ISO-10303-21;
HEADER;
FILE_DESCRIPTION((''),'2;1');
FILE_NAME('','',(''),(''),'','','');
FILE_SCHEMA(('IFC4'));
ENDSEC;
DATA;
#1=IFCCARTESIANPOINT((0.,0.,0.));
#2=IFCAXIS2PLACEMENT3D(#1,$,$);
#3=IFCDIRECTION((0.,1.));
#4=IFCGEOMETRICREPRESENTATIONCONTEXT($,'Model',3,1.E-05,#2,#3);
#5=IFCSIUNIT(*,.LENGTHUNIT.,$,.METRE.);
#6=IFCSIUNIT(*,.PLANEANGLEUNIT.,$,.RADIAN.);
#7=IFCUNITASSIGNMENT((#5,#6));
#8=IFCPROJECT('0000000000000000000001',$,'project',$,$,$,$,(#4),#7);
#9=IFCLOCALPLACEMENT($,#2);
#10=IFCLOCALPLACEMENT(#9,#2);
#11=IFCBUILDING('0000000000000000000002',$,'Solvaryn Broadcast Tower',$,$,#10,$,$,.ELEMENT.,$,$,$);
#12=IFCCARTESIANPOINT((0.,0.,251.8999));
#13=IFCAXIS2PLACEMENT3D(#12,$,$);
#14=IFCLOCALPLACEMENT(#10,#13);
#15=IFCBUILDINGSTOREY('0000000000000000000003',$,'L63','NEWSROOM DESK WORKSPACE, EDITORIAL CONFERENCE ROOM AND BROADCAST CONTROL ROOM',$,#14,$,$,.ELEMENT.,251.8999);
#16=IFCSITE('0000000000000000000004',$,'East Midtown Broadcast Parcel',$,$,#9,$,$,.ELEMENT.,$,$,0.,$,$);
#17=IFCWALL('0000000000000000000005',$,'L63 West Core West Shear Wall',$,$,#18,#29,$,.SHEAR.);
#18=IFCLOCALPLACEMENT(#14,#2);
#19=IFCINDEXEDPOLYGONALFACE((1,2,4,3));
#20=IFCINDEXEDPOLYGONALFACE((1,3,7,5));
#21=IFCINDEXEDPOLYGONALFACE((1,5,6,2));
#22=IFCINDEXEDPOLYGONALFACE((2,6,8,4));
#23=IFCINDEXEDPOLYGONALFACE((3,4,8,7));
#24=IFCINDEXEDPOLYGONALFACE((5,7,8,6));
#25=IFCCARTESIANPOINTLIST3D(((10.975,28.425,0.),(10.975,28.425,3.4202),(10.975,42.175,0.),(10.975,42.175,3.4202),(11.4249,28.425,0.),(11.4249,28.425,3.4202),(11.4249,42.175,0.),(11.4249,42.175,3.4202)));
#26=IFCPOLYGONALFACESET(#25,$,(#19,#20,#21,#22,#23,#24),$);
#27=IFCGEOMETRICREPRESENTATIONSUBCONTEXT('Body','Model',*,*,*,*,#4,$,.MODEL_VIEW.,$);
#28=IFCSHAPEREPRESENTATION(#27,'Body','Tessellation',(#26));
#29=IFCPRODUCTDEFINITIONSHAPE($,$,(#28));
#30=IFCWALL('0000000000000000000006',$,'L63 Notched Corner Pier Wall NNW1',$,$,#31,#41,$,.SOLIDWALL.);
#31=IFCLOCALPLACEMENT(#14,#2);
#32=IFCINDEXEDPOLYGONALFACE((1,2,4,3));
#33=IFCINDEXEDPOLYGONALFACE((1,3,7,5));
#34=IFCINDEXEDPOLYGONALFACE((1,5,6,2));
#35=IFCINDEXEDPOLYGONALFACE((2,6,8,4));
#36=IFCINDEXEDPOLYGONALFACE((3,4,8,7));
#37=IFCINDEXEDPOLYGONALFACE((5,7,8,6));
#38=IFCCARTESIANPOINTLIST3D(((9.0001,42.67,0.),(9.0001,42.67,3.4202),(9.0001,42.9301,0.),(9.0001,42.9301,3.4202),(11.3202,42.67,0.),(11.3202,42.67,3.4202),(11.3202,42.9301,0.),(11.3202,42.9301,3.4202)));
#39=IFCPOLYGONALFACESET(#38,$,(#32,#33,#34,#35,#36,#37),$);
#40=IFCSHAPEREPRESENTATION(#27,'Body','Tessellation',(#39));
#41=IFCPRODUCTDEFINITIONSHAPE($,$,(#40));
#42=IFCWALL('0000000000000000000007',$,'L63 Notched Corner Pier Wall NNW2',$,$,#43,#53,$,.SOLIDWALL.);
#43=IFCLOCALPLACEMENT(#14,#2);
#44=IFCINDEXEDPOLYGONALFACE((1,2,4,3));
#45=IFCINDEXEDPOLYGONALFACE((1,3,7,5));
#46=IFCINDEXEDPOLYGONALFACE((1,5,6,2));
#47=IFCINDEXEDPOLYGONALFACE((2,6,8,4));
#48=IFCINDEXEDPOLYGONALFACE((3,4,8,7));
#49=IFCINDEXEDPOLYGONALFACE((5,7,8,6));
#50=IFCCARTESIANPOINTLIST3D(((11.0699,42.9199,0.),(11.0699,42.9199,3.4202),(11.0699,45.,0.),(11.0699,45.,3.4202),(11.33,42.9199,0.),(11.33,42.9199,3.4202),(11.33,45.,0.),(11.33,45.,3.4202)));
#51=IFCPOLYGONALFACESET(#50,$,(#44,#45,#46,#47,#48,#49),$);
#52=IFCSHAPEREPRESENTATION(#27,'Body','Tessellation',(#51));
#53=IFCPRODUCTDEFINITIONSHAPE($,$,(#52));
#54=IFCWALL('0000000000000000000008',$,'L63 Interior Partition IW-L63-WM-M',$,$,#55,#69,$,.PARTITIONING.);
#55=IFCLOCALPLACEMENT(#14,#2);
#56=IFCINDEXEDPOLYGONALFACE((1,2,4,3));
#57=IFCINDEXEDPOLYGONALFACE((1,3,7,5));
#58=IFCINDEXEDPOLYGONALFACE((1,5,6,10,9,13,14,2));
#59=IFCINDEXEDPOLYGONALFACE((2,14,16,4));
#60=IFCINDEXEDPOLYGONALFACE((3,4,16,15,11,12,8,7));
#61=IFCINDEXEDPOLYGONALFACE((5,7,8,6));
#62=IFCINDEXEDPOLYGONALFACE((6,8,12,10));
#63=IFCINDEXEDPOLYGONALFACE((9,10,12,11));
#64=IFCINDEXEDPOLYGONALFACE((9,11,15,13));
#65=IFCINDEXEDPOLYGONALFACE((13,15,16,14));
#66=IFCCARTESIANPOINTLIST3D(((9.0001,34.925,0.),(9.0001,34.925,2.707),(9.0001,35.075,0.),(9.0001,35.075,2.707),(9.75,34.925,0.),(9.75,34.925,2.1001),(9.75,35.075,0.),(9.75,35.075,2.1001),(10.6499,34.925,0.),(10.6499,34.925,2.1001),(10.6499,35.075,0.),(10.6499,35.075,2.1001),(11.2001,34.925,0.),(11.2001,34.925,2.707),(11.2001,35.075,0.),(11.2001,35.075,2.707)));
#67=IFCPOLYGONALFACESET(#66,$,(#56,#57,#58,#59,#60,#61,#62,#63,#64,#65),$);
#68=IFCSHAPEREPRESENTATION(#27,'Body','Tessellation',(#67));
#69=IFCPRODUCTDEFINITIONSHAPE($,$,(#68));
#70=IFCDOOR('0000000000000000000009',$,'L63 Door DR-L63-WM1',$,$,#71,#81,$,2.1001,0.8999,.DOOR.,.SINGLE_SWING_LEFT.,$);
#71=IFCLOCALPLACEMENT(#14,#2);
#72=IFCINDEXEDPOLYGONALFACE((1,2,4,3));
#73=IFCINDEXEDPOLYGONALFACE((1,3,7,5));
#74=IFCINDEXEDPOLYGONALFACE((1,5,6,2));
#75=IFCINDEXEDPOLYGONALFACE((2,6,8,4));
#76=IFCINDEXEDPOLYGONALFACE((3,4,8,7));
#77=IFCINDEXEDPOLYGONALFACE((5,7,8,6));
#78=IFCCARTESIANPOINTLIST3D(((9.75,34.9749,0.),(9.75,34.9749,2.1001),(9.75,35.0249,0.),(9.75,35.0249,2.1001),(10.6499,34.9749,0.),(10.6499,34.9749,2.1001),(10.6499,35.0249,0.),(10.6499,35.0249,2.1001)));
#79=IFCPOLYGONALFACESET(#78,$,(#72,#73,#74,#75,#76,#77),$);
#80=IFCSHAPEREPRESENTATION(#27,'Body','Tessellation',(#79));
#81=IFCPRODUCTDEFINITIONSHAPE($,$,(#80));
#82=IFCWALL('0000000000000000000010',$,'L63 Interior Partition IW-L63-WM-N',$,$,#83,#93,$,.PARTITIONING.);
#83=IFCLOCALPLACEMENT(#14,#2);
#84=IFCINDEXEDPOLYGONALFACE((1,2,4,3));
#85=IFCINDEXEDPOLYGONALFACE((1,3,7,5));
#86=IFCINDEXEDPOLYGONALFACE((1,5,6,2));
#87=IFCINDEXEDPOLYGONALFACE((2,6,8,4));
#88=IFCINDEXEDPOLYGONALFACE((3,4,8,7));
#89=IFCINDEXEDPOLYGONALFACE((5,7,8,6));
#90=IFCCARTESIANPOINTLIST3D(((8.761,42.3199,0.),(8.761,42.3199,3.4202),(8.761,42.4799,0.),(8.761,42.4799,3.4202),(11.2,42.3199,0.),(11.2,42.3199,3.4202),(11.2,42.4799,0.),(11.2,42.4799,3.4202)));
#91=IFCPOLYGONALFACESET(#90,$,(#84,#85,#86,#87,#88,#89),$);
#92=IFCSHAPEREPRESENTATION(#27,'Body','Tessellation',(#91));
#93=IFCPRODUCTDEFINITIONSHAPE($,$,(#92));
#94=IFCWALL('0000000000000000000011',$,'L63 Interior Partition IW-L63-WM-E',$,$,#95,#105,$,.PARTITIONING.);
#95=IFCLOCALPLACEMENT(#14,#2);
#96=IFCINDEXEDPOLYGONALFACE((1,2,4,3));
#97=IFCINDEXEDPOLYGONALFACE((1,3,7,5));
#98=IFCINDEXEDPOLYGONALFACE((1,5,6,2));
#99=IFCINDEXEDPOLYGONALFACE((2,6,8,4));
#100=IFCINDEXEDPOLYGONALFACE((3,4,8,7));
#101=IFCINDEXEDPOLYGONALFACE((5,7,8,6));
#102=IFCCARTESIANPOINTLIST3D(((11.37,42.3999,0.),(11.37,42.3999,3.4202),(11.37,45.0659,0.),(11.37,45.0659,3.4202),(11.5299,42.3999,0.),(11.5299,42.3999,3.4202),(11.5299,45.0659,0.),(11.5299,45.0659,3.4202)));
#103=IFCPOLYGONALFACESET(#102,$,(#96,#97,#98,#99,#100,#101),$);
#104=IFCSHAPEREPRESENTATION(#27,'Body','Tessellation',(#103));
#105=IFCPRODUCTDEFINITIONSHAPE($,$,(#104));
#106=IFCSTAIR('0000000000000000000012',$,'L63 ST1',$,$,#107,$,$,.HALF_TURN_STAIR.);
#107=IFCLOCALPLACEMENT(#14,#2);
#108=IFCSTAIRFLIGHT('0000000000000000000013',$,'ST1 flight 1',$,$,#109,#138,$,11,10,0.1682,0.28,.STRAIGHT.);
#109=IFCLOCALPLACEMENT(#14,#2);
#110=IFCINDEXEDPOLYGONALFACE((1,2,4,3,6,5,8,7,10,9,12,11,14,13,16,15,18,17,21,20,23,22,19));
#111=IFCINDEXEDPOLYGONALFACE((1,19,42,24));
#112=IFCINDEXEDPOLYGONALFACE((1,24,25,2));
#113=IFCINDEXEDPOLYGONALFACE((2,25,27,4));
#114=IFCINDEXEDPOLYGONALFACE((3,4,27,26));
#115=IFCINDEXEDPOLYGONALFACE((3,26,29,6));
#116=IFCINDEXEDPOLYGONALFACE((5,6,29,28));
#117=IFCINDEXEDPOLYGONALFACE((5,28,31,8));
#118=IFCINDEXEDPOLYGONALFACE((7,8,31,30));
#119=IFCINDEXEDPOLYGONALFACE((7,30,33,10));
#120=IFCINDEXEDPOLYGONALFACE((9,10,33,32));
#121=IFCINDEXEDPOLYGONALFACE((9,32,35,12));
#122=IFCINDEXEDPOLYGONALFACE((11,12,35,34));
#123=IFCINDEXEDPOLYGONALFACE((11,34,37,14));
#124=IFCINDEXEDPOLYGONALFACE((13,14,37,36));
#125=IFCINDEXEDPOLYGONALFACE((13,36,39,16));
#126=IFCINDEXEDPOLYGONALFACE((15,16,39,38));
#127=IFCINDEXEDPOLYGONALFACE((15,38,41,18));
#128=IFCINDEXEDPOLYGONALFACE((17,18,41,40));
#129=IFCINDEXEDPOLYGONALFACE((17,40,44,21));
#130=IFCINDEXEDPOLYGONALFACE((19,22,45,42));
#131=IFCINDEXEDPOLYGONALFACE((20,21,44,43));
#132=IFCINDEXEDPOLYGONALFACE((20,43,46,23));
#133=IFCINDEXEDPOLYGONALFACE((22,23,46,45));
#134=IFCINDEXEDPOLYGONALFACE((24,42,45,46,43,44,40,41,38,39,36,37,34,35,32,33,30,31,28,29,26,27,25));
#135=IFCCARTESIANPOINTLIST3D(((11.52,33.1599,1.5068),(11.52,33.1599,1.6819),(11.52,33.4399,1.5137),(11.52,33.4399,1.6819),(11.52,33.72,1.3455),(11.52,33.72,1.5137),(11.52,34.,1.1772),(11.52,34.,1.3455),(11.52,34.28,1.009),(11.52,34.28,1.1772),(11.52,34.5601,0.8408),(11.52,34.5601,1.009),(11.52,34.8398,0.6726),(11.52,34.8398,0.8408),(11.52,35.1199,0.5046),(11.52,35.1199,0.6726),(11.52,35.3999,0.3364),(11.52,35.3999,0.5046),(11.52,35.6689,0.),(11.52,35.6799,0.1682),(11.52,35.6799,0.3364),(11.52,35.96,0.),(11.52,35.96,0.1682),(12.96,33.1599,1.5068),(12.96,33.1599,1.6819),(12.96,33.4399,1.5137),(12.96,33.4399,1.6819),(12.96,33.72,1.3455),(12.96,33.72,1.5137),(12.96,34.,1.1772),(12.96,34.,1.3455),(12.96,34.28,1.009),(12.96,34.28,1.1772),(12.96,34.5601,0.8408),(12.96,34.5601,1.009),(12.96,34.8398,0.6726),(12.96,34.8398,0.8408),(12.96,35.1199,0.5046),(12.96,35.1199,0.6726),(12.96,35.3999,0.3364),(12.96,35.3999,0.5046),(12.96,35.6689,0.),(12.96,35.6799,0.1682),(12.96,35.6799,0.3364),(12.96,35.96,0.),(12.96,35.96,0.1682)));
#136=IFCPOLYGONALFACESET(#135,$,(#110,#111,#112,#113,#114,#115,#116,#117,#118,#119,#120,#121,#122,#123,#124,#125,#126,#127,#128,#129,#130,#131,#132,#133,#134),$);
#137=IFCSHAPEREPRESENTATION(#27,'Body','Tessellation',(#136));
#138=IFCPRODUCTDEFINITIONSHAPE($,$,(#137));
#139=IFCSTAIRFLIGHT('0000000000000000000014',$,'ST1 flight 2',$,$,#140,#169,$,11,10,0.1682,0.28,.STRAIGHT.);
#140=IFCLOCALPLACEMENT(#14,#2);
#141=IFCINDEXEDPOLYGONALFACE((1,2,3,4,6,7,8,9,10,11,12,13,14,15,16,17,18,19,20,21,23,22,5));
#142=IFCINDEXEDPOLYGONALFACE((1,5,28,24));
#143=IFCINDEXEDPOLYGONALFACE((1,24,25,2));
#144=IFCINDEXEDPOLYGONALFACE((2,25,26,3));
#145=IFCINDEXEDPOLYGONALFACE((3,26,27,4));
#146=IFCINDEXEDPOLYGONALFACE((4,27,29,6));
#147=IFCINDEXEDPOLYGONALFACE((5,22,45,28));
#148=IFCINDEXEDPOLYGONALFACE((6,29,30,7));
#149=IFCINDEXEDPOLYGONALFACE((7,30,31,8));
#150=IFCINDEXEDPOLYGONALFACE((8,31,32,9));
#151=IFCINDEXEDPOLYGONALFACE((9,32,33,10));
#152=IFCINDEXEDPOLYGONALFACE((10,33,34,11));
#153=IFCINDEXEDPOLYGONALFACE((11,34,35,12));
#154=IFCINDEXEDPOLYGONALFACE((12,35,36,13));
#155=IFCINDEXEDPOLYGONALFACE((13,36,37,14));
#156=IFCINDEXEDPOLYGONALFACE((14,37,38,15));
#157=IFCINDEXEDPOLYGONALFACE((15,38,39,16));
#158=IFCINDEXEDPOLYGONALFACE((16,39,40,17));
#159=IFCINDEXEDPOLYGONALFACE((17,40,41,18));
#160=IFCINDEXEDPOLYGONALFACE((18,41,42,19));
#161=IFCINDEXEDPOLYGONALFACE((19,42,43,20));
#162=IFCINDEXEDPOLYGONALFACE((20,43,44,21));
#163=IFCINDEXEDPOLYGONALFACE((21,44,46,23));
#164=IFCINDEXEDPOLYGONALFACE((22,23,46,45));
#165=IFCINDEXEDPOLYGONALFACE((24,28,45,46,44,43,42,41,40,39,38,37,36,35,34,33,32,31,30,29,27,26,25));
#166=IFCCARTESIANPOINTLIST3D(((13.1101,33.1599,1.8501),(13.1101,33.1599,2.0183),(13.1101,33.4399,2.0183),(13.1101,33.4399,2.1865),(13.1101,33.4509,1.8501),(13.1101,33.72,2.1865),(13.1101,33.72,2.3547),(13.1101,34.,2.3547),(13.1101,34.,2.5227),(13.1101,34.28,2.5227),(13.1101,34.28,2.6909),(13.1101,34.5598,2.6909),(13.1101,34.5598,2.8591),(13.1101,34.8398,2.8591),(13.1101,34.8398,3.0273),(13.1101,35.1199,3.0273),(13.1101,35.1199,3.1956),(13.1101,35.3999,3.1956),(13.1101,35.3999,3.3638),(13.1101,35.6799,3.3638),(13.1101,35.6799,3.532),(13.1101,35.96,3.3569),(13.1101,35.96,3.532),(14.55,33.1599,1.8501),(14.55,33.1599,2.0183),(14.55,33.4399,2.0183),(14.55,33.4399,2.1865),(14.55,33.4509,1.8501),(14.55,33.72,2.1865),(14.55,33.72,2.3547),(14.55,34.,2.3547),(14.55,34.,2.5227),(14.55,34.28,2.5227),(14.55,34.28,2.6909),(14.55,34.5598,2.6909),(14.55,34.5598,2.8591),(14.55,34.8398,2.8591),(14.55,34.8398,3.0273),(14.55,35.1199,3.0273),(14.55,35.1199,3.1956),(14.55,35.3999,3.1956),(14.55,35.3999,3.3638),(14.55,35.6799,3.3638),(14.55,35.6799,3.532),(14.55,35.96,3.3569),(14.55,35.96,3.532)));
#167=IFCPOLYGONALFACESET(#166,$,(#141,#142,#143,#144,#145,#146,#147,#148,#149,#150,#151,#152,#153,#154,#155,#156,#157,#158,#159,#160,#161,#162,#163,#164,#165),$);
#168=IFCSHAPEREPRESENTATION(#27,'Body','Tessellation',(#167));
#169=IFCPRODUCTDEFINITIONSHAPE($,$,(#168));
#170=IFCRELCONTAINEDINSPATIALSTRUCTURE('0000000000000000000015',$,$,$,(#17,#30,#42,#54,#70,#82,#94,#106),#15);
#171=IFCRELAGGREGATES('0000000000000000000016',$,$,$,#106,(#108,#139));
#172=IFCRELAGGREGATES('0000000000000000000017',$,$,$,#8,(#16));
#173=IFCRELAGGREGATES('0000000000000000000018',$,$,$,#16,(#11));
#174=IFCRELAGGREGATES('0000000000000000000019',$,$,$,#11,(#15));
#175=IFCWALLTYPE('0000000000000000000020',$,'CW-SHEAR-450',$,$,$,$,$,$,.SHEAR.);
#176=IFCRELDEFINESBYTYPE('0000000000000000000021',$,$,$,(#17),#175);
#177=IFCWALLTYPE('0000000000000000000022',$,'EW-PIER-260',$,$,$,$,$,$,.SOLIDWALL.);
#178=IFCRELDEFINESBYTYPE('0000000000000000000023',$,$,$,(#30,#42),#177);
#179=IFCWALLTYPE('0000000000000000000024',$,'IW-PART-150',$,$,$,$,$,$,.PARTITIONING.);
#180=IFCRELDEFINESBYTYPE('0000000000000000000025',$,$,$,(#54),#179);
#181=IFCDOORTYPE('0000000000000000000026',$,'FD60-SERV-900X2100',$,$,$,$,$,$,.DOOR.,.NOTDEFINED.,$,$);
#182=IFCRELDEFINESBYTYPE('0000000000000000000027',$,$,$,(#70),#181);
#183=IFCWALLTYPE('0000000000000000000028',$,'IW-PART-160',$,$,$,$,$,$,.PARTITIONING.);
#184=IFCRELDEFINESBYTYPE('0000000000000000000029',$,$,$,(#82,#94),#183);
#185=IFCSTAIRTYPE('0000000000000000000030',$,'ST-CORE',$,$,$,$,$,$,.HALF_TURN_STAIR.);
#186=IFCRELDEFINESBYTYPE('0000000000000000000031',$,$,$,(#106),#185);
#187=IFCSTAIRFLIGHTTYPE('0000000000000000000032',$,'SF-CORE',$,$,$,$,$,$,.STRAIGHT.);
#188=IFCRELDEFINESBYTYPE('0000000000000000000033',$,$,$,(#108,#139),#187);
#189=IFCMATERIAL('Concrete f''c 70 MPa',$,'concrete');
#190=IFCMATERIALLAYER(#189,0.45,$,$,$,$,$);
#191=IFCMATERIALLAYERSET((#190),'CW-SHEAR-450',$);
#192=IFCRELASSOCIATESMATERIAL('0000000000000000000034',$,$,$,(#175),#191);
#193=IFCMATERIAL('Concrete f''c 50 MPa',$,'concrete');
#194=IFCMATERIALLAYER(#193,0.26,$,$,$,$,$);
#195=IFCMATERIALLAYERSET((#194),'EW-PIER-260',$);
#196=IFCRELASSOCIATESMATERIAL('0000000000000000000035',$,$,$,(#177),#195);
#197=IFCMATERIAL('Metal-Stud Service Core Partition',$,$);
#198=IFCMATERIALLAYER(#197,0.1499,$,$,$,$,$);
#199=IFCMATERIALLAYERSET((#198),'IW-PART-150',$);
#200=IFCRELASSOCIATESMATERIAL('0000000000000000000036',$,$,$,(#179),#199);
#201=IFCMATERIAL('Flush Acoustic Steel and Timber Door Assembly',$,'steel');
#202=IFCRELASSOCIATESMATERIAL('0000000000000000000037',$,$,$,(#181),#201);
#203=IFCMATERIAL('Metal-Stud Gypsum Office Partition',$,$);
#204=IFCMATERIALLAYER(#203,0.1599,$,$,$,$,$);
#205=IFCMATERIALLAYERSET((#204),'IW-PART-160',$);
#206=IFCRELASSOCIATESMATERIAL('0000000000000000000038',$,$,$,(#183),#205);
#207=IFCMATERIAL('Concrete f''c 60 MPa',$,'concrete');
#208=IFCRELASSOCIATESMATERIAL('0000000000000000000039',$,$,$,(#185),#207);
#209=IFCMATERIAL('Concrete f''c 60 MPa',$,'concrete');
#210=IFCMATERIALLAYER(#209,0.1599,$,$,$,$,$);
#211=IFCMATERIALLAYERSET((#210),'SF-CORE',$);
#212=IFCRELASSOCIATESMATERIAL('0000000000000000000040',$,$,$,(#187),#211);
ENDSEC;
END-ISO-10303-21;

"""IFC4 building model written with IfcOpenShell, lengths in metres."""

from ifc_helpers import new_model, si_unit, direction, frame, frame_2d, origin, place, context, subcontext, project, spatial, polyline, rectangle, outline, extrude, material, layer, layer_set, type_object, element, fill, aggregate, save


model = new_model("IFC4")

# Units and contexts
model_context = context("Model", 3, precision=1e-05, world=origin(), true_north=direction((0.0, 1.0)))
body_context = subcontext(model_context, "Body", "Model", "MODEL_VIEW")
ifc_project = project(units=[si_unit("LENGTHUNIT", "METRE"), si_unit("PLANEANGLEUNIT", "RADIAN")], contexts=[model_context])

# Site, building, storey
site_placement = place(None, origin())
site = spatial("IfcSite", under=ifc_project, at=site_placement, Name="East Midtown Broadcast Parcel", CompositionType="ELEMENT", RefElevation=0.0)
building_placement = place(site_placement, origin())
building = spatial("IfcBuilding", under=site, at=building_placement, Name="Solvaryn Broadcast Tower", CompositionType="ELEMENT")
storey_placement = place(building_placement, frame((0.0, 0.0, 251.8999)))
storey = spatial("IfcBuildingStorey", under=building, at=storey_placement, Name="L63", Description="NEWSROOM DESK WORKSPACE, EDITORIAL CONFERENCE ROOM AND BROADCAST CONTROL ROOM", CompositionType="ELEMENT", Elevation=251.8999)

# Walls
ifc_material_1 = material(Name="Concrete f'c 70 MPa", Category="concrete")
ifc_layer_1 = layer(ifc_material_1, 0.45)
ifc_layer_set_1 = layer_set([ifc_layer_1], Name="CW-SHEAR-450")
wall_type_1 = type_object("IfcWallType", Name="CW-SHEAR-450", PredefinedType="SHEAR", material=ifc_layer_set_1)
wall_1_placement = place(storey_placement, frame((11.2, 42.175, 0.0), z_axis=(0.0, 0.0, 1.0), x_axis=(0.0, -1.0, 0.0)))
element("IfcWall", 1, at=wall_1_placement, inside=storey, type_object=wall_type_1, Name="L63 West Core West Shear Wall", PredefinedType="SHEAR", context=body_context, shape_type="SweptSolid", body=[
    extrude(rectangle(XDim=13.75, YDim=0.45, at=frame_2d((6.875, 0.0))), origin(), (0.0, 0.0, 1.0), 3.4202),
])
ifc_material_2 = material(Name="Concrete f'c 50 MPa", Category="concrete")
ifc_layer_2 = layer(ifc_material_2, 0.26)
ifc_layer_set_2 = layer_set([ifc_layer_2], Name="EW-PIER-260")
wall_type_2 = type_object("IfcWallType", Name="EW-PIER-260", PredefinedType="SOLIDWALL", material=ifc_layer_set_2)
wall_2_placement = place(storey_placement, frame((9.0, 42.8, 0.0), z_axis=(0.0, 0.0, 1.0), x_axis=(1.0, 0.0, 0.0)))
element("IfcWall", 2, at=wall_2_placement, inside=storey, type_object=wall_type_2, Name="L63 Notched Corner Pier Wall NNW1", PredefinedType="SOLIDWALL", context=body_context, shape_type="SweptSolid", body=[
    extrude(rectangle(XDim=2.3201, YDim=0.26, at=frame_2d((1.1602, 0.0))), origin(), (0.0, 0.0, 1.0), 3.4202),
])
wall_3_placement = place(storey_placement, frame((11.2, 42.9199, 0.0), z_axis=(0.0, 0.0, 1.0), x_axis=(0.0, 1.0, 0.0)))
element("IfcWall", 3, at=wall_3_placement, inside=storey, type_object=wall_type_2, Name="L63 Notched Corner Pier Wall NNW2", PredefinedType="SOLIDWALL", context=body_context, shape_type="SweptSolid", body=[
    extrude(rectangle(XDim=2.0801, YDim=0.26, at=frame_2d((1.04, 0.0))), origin(), (0.0, 0.0, 1.0), 3.4202),
])

# Wall, opening, door
ifc_material_3 = material(Name="Metal-Stud Service Core Partition")
ifc_layer_3 = layer(ifc_material_3, 0.1499)
ifc_layer_set_3 = layer_set([ifc_layer_3], Name="IW-PART-150")
wall_type_3 = type_object("IfcWallType", Name="IW-PART-150", PredefinedType="PARTITIONING", material=ifc_layer_set_3)
wall_4_placement = place(storey_placement, frame((9.0, 35.0, 0.0), z_axis=(0.0, 0.0, 1.0), x_axis=(1.0, 0.0, 0.0)))
wall_4 = element("IfcWall", 4, at=wall_4_placement, inside=storey, type_object=wall_type_3, Name="L63 Interior Partition IW-L63-WM-M", PredefinedType="PARTITIONING", context=body_context, shape_type="SweptSolid", body=[
    extrude(rectangle(XDim=2.2, YDim=0.1499, at=frame_2d((1.1001, 0.0))), origin(), (0.0, 0.0, 1.0), 2.707),
])
opening_placement = place(wall_4_placement, frame((0.75, 0.0, 0.0)))
opening = element("IfcOpeningElement", 5, at=opening_placement, cuts=wall_4, PredefinedType="OPENING", context=body_context, shape_type="SweptSolid", body=[
    extrude(rectangle(XDim=0.8999, YDim=2.1001, at=frame_2d((0.45, 1.05))), frame((0.0, 0.085, 0.0), z_axis=(0.0, -1.0, 0.0), x_axis=(1.0, 0.0, 0.0)), (0.0, 0.0, 1.0), 0.1699),
])
ifc_material_4 = material(Name="Flush Acoustic Steel and Timber Door Assembly", Category="steel")
door_type = type_object("IfcDoorType", Name="FD60-SERV-900X2100", OperationType="NOTDEFINED", PredefinedType="DOOR", material=ifc_material_4)
door_placement = place(opening_placement, origin())
door = element("IfcDoor", 6, at=door_placement, inside=storey, type_object=door_type, Name="L63 Door DR-L63-WM1", OperationType="SINGLE_SWING_LEFT", OverallHeight=2.1001, OverallWidth=0.8999, PredefinedType="DOOR", context=body_context, shape_type="SweptSolid", body=[
    extrude(rectangle(XDim=0.8999, YDim=2.1001, at=frame_2d((0.45, 1.05))), frame((0.0, 0.0249, 0.0), z_axis=(0.0, -1.0, 0.0), x_axis=(1.0, 0.0, 0.0)), (0.0, 0.0, 1.0), 0.05),
])
fill(opening, door)

# Walls
ifc_material_5 = material(Name="Metal-Stud Gypsum Office Partition")
ifc_layer_4 = layer(ifc_material_5, 0.1599)
ifc_layer_set_4 = layer_set([ifc_layer_4], Name="IW-PART-160")
wall_type_4 = type_object("IfcWallType", Name="IW-PART-160", PredefinedType="PARTITIONING", material=ifc_layer_set_4)
wall_5_placement = place(storey_placement, frame((8.761, 42.3999, 0.0), z_axis=(0.0, 0.0, 1.0), x_axis=(1.0, 0.0, 0.0)))
element("IfcWall", 7, at=wall_5_placement, inside=storey, type_object=wall_type_4, Name="L63 Interior Partition IW-L63-WM-N", PredefinedType="PARTITIONING", context=body_context, shape_type="SweptSolid", body=[
    extrude(rectangle(XDim=2.439, YDim=0.1599, at=frame_2d((1.2195, 0.0))), origin(), (0.0, 0.0, 1.0), 3.4202),
])
wall_6_placement = place(storey_placement, frame((11.45, 42.3999, 0.0), z_axis=(0.0, 0.0, 1.0), x_axis=(0.0, 1.0, 0.0)))
element("IfcWall", 8, at=wall_6_placement, inside=storey, type_object=wall_type_4, Name="L63 Interior Partition IW-L63-WM-E", PredefinedType="PARTITIONING", context=body_context, shape_type="SweptSolid", body=[
    extrude(rectangle(XDim=2.666, YDim=0.1599, at=frame_2d((1.333, 0.0))), origin(), (0.0, 0.0, 1.0), 3.4202),
])

# Stair, stair flights
ifc_material_6 = material(Name="Concrete f'c 60 MPa", Category="concrete")
stair_type = type_object("IfcStairType", Name="ST-CORE", PredefinedType="HALF_TURN_STAIR", material=ifc_material_6)
stair_placement = place(storey_placement, origin())
stair = element("IfcStair", 9, at=stair_placement, inside=storey, type_object=stair_type, Name="L63 ST1", PredefinedType="HALF_TURN_STAIR")
ifc_material_7 = material(Name="Concrete f'c 60 MPa", Category="concrete")
ifc_layer_5 = layer(ifc_material_7, 0.1599)
ifc_layer_set_5 = layer_set([ifc_layer_5], Name="SF-CORE")
stair_flight_type = type_object("IfcStairFlightType", Name="SF-CORE", PredefinedType="STRAIGHT", material=ifc_layer_set_5)
stair_flight_1_placement = place(storey_placement, frame((12.24, 35.96, 0.0), z_axis=(0.0, 0.0, 1.0), x_axis=(0.0, -1.0, 0.0)))
stair_flight_1 = element("IfcStairFlight", 10, at=stair_flight_1_placement, type_object=stair_flight_type, Name="ST1 flight 1", NumberOfRisers=11, NumberOfTreads=10, PredefinedType="STRAIGHT", RiserHeight=0.1682, TreadLength=0.28, context=body_context, shape_type="SweptSolid", body=[
    extrude(outline(polyline([(0.0, 0.0), (0.0, 0.1682), (0.28, 0.1682), (0.28, 0.3364), (0.5601, 0.3364), (0.5601, 0.5046), (0.8401, 0.5046), (0.8401, 0.6726), (1.1201, 0.6726), (1.1201, 0.8408), (1.3999, 0.8408), (1.3999, 1.009), (1.6799, 1.009), (1.6799, 1.1772), (1.96, 1.1772), (1.96, 1.3455), (2.24, 1.3455), (2.24, 1.5137), (2.52, 1.5137), (2.52, 1.6819), (2.8, 1.6819), (2.8, 1.8501), (2.8, 1.5068), (0.291, 0.0), (0.0, 0.0)])), frame((0.0, 0.72, 0.0), z_axis=(0.0, -1.0, 0.0), x_axis=(1.0, 0.0, 0.0)), (0.0, 0.0, 1.0), 1.4399),
])
stair_flight_2_placement = place(storey_placement, frame((13.8301, 33.1599, 1.8501), z_axis=(0.0, 0.0, 1.0), x_axis=(0.0, 1.0, 0.0)))
stair_flight_2 = element("IfcStairFlight", 11, at=stair_flight_2_placement, type_object=stair_flight_type, Name="ST1 flight 2", NumberOfRisers=11, NumberOfTreads=10, PredefinedType="STRAIGHT", RiserHeight=0.1682, TreadLength=0.28, context=body_context, shape_type="SweptSolid", body=[
    extrude(outline(polyline([(0.0, 0.0), (0.0, 0.1682), (0.28, 0.1682), (0.28, 0.3364), (0.5601, 0.3364), (0.5601, 0.5046), (0.8401, 0.5046), (0.8401, 0.6726), (1.1201, 0.6726), (1.1201, 0.8408), (1.3999, 0.8408), (1.3999, 1.009), (1.6799, 1.009), (1.6799, 1.1772), (1.96, 1.1772), (1.96, 1.3455), (2.24, 1.3455), (2.24, 1.5137), (2.52, 1.5137), (2.52, 1.6819), (2.8, 1.6819), (2.8, 1.8501), (2.8, 1.5068), (0.291, 0.0), (0.0, 0.0)])), frame((0.0, 0.72, 0.0), z_axis=(0.0, -1.0, 0.0), x_axis=(1.0, 0.0, 0.0)), (0.0, 0.0, 1.0), 1.4399),
])
aggregate(stair, [stair_flight_1, stair_flight_2])

save(model, "model.ifc")
